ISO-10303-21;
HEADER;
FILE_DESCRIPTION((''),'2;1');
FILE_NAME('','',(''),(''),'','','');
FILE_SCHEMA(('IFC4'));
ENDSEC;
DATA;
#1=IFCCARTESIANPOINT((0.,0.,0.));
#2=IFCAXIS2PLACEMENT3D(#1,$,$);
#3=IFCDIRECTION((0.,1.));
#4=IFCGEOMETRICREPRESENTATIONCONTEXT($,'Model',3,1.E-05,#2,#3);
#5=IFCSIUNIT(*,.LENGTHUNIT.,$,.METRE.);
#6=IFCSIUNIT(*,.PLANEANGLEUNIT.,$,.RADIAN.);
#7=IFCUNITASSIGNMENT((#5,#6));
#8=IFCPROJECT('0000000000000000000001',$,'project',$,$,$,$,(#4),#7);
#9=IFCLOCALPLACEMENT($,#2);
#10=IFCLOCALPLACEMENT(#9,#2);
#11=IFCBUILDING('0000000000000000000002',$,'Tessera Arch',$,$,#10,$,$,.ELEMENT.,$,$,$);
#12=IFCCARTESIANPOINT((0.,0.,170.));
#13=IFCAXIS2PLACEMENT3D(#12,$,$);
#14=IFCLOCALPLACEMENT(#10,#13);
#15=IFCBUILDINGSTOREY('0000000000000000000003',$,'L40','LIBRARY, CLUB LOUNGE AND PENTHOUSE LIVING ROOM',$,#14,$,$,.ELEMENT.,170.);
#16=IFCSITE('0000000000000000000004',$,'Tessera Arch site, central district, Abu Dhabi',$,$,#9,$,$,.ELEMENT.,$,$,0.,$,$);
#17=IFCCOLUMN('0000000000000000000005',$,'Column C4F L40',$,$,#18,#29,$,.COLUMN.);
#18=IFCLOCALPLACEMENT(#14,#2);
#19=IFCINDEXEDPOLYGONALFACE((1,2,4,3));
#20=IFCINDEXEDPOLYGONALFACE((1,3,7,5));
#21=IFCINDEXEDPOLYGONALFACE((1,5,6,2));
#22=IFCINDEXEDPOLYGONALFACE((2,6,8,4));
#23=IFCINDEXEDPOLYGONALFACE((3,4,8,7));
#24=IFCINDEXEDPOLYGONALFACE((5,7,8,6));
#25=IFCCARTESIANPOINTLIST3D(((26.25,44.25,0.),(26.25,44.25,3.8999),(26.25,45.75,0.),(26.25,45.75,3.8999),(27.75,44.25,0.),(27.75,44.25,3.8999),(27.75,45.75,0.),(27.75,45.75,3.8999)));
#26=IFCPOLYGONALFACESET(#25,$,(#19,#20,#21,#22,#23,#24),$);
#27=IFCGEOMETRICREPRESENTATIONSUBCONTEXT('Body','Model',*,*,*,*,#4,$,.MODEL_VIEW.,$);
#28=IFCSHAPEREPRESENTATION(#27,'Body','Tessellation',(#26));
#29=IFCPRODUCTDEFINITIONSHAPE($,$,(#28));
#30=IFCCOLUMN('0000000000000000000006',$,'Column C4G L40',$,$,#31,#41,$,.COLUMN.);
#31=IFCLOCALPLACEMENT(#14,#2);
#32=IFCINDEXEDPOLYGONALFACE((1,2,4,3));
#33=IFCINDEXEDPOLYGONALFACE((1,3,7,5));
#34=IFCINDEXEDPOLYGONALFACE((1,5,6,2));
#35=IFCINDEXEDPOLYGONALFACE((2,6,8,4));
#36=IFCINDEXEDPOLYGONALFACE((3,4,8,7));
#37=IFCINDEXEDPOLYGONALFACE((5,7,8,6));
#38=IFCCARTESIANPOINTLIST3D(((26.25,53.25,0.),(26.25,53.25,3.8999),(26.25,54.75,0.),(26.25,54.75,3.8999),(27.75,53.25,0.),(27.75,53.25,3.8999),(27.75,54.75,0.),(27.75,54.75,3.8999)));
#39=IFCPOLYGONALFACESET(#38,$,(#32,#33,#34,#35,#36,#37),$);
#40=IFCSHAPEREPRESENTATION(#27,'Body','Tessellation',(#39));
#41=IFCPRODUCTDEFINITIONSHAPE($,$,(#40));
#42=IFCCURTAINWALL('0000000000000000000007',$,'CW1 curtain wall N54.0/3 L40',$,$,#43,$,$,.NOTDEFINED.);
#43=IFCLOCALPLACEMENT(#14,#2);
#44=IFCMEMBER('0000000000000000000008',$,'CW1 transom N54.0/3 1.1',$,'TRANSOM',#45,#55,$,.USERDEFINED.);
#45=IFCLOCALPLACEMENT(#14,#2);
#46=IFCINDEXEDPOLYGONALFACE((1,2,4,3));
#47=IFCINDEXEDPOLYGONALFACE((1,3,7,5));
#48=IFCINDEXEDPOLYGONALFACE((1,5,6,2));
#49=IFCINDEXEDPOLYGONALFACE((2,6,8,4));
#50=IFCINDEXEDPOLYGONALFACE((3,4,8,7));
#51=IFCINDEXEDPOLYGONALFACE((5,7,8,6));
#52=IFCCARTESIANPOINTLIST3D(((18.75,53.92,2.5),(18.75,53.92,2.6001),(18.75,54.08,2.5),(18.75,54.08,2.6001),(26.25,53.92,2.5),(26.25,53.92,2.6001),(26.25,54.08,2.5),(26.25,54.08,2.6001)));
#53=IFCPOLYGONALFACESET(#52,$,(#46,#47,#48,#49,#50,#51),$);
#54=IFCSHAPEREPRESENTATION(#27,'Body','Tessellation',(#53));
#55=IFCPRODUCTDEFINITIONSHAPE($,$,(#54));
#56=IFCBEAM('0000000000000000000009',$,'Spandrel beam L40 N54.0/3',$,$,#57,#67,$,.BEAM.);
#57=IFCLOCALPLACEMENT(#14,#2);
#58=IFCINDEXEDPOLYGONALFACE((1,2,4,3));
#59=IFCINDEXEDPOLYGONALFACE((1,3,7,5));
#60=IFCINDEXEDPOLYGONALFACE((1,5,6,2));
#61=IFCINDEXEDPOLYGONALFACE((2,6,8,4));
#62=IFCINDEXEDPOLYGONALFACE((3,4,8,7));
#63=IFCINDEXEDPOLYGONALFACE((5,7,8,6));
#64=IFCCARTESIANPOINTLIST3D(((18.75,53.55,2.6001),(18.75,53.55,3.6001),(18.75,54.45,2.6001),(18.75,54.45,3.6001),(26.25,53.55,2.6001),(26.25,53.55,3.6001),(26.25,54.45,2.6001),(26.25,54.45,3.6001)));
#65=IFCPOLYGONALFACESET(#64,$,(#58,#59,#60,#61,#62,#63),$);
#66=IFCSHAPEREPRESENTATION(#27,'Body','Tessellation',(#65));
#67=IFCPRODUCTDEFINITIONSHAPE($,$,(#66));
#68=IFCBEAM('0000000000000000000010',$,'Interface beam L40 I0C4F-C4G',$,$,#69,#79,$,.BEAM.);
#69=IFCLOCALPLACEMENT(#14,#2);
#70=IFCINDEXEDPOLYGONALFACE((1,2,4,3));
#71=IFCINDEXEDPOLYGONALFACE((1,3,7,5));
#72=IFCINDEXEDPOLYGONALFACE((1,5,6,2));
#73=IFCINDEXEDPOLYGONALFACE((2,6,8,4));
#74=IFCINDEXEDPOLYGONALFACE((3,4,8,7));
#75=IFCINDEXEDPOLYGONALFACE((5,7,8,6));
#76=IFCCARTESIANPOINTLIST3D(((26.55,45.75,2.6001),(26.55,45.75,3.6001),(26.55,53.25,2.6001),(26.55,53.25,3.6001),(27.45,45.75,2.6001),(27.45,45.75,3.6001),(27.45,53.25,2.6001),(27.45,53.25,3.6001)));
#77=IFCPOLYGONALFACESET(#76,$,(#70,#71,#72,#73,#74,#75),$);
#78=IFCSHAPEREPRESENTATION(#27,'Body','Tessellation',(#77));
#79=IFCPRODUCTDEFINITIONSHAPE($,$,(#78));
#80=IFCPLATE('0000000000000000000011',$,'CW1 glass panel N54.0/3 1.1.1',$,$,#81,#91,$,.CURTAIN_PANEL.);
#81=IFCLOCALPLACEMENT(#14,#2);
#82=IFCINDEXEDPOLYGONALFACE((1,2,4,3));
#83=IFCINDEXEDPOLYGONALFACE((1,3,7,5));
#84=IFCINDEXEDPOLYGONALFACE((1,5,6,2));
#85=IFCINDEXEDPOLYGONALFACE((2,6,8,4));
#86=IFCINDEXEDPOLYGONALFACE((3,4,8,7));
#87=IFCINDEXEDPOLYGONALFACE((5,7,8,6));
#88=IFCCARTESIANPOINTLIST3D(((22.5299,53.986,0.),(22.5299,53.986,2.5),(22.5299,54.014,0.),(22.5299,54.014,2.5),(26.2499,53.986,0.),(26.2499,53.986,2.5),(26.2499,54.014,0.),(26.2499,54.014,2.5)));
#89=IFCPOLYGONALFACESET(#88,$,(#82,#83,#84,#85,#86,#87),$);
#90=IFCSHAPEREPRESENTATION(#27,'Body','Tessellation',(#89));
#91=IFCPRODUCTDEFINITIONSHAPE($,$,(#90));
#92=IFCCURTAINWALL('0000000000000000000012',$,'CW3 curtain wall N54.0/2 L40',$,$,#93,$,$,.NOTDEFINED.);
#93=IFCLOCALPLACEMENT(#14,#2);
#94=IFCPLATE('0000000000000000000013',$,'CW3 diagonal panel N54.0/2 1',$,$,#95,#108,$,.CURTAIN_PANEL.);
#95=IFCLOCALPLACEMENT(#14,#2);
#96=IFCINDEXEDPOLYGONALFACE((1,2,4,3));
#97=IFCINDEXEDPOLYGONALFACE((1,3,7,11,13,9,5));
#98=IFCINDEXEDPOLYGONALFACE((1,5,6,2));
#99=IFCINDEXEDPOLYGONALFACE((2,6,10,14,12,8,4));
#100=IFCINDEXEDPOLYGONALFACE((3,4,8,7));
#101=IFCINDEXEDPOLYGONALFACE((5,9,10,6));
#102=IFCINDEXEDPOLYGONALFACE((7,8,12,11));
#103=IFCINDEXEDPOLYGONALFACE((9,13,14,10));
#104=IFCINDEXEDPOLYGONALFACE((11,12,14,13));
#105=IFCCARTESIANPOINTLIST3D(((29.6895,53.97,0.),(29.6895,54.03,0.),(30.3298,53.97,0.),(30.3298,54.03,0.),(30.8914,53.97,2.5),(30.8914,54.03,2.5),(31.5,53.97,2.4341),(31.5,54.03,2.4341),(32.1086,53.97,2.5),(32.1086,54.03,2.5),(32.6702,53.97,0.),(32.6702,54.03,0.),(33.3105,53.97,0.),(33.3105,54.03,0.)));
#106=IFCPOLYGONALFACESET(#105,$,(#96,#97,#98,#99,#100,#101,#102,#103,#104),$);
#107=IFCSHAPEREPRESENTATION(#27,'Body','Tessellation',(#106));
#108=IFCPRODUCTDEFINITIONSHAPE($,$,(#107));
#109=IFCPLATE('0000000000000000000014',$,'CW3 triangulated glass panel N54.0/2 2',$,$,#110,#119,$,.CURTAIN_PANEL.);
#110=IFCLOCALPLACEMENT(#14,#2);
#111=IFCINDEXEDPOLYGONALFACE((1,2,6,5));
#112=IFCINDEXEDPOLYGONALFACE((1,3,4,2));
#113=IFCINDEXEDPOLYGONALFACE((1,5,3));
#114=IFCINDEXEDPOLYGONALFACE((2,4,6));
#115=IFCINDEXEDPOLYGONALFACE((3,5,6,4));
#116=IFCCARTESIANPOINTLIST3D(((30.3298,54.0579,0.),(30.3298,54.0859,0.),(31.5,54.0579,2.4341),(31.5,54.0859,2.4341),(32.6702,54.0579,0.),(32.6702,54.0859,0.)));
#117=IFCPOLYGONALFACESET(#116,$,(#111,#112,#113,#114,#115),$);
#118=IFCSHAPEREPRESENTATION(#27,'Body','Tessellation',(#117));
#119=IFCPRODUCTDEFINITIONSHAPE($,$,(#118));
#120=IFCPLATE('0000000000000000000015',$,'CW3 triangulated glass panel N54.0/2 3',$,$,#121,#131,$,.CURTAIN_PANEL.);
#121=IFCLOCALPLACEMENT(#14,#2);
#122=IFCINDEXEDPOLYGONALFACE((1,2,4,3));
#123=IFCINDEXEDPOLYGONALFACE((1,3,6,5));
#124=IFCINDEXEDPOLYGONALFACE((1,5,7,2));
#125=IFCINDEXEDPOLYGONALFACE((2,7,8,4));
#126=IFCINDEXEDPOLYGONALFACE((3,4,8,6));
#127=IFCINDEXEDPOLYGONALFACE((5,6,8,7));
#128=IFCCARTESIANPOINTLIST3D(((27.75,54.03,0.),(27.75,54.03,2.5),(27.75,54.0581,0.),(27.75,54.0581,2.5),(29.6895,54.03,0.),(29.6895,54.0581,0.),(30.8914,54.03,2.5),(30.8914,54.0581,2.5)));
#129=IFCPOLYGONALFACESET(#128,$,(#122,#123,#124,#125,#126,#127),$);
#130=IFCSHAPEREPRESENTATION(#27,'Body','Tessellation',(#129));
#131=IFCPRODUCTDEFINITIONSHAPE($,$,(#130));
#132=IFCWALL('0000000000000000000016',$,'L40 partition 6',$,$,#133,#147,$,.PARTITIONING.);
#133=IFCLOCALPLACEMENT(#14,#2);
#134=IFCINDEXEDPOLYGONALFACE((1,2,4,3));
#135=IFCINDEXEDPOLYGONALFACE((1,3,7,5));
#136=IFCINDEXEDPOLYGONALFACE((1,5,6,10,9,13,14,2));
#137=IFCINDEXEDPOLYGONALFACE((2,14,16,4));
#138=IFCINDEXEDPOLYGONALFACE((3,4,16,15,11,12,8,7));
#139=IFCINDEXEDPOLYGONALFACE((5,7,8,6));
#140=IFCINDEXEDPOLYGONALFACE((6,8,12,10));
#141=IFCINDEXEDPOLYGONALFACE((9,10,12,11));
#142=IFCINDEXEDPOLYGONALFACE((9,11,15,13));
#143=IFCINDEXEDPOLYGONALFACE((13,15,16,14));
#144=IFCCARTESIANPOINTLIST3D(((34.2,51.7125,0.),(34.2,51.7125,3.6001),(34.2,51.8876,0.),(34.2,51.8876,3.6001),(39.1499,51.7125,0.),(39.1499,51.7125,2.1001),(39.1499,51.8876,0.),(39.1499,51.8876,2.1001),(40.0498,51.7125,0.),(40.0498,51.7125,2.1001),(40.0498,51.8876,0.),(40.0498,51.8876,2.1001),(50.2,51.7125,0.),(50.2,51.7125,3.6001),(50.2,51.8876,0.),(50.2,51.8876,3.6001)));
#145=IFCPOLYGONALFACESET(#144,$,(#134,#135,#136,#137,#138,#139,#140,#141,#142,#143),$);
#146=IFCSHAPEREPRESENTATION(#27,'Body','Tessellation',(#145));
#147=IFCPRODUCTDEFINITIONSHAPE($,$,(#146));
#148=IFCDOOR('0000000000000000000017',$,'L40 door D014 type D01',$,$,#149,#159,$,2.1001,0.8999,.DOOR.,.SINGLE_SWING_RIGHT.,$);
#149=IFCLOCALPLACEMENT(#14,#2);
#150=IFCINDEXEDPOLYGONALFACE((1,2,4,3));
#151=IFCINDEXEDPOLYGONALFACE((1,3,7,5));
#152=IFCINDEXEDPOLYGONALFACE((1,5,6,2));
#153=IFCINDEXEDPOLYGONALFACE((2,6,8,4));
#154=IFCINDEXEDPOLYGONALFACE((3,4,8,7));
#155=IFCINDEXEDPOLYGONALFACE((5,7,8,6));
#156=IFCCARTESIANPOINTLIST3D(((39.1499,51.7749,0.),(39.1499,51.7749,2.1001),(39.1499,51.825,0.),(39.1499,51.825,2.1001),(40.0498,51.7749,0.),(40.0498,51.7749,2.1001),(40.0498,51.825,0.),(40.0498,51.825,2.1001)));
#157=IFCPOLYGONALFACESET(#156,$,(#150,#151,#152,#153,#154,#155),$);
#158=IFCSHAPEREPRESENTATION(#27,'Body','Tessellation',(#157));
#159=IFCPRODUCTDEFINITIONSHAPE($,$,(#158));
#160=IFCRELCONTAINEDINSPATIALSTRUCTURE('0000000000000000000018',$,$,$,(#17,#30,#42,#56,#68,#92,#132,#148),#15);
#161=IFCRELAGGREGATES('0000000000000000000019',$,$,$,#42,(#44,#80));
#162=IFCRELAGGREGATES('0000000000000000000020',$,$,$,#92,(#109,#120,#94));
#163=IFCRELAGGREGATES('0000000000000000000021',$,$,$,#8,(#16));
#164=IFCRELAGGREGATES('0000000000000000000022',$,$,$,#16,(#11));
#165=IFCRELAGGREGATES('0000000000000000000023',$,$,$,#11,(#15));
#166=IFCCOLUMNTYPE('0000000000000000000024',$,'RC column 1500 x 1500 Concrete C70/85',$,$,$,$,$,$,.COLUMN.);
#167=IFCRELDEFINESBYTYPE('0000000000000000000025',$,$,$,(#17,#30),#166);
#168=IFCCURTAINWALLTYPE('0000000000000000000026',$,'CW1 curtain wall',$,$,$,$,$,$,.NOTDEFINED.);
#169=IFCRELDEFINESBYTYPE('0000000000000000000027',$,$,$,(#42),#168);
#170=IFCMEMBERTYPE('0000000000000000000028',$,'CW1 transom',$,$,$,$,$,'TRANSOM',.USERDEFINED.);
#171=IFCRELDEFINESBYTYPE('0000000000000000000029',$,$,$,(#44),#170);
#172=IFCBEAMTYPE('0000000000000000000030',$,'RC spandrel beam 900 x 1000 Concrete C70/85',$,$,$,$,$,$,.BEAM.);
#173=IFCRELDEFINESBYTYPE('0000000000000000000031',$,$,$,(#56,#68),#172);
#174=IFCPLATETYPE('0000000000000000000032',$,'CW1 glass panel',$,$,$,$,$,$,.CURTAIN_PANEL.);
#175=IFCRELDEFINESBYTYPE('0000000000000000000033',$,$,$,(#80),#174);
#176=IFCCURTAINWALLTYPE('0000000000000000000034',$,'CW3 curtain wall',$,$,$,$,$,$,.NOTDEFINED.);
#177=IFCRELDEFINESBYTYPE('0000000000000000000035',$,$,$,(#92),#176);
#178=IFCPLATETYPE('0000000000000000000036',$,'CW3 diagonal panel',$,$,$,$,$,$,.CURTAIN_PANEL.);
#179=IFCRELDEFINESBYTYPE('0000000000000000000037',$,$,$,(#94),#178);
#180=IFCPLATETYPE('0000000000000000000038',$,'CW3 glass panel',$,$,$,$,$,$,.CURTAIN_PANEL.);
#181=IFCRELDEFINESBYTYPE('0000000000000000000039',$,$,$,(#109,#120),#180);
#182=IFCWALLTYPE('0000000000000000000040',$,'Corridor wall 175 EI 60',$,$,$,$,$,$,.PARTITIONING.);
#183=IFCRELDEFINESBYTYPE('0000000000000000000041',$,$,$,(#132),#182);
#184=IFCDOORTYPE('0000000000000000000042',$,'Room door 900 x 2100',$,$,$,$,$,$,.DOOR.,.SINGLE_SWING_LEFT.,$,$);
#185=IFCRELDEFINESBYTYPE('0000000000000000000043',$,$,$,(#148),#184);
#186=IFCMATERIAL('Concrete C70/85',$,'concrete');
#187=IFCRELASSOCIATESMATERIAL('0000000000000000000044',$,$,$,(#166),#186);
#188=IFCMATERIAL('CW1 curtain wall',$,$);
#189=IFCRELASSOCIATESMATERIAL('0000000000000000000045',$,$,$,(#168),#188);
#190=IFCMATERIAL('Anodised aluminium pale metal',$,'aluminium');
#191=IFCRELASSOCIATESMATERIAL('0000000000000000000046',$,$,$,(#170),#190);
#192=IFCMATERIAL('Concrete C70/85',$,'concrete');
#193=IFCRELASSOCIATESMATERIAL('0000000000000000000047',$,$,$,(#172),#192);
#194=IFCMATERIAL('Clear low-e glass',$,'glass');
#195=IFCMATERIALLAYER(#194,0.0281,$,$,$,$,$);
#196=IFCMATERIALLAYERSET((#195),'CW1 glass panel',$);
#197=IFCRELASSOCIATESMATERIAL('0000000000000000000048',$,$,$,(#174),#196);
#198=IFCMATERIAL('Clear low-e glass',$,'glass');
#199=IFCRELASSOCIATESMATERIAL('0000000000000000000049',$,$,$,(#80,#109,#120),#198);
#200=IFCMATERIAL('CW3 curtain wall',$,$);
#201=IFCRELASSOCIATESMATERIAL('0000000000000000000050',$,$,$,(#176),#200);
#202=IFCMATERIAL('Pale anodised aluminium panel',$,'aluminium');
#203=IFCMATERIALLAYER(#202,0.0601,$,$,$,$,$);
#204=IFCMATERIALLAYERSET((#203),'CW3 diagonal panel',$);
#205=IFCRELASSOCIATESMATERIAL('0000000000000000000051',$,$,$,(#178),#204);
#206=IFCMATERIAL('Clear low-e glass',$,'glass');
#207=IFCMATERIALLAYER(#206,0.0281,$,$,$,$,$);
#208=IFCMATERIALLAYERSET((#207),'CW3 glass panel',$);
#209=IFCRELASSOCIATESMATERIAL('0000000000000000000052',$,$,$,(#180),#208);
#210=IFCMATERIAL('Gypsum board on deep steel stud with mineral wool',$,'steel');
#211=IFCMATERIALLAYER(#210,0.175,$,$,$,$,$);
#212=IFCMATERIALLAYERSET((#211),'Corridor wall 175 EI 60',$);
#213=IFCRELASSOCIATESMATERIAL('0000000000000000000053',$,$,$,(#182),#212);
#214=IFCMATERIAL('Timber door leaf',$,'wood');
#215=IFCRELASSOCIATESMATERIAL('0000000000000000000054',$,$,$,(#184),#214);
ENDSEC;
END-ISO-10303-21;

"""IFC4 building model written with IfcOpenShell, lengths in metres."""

from ifc_helpers import new_model, si_unit, direction, frame, frame_2d, origin, origin_2d, place, context, subcontext, project, spatial, polyline, rectangle, outline, extrude, material, layer, layer_set, material_profile, profile_set, type_object, element, fill, aggregate, save


model = new_model("IFC4")

# Units and contexts
model_context = context("Model", 3, precision=1e-05, world=origin(), true_north=direction((0.0, 1.0)))
body_context = subcontext(model_context, "Body", "Model", "MODEL_VIEW")
ifc_project = project(units=[si_unit("LENGTHUNIT", "METRE"), si_unit("PLANEANGLEUNIT", "RADIAN")], contexts=[model_context])

# Site, building, storey
site_placement = place(None, origin())
site = spatial("IfcSite", under=ifc_project, at=site_placement, Name="Tessera Arch site, central district, Abu Dhabi", CompositionType="ELEMENT", RefElevation=0.0)
building_placement = place(site_placement, origin())
building = spatial("IfcBuilding", under=site, at=building_placement, Name="Tessera Arch", CompositionType="ELEMENT")
storey_placement = place(building_placement, frame((0.0, 0.0, 170.0)))
storey = spatial("IfcBuildingStorey", under=building, at=storey_placement, Name="L40", Description="LIBRARY, CLUB LOUNGE AND PENTHOUSE LIVING ROOM", CompositionType="ELEMENT", Elevation=170.0)

# Columns
ifc_material_1 = material(Name="Concrete C70/85", Category="concrete")
ifc_material_profile_1 = material_profile(ifc_material_1, rectangle(XDim=1.5, YDim=1.5, at=origin_2d()), Name="RC column 1500 x 1500 Concrete C70/85")
ifc_profile_set_1 = profile_set([ifc_material_profile_1], Name="Concrete C70/85")
column_type = type_object("IfcColumnType", Name="RC column 1500 x 1500 Concrete C70/85", PredefinedType="COLUMN", material=ifc_profile_set_1)
for number, where, z_axis, x_axis, name in (
    (1, (27.0, 45.0, 0.0), (0.0, 0.0, 1.0), (1.0, 0.0, 0.0), "Column C4F L40"),
    (2, (27.0, 54.0, 0.0), (0.0, 0.0, 1.0), (1.0, 0.0, 0.0), "Column C4G L40"),
):
    element("IfcColumn", number, at=place(storey_placement, frame(where, z_axis=z_axis, x_axis=x_axis)), inside=storey, type_object=column_type, Name=name, PredefinedType="COLUMN", context=body_context, shape_type="SweptSolid", body=[
        extrude(rectangle(XDim=1.5, YDim=1.5, at=origin_2d()), origin(), (0.0, 0.0, 1.0), 3.8999),
    ])

# Curtain wall, member
ifc_material_2 = material(Name="CW1 curtain wall")
curtain_wall_type_1 = type_object("IfcCurtainWallType", Name="CW1 curtain wall", PredefinedType="NOTDEFINED", material=ifc_material_2)
curtain_wall_1_placement = place(storey_placement, origin())
curtain_wall_1 = element("IfcCurtainWall", 3, at=curtain_wall_1_placement, inside=storey, type_object=curtain_wall_type_1, Name="CW1 curtain wall N54.0/3 L40", PredefinedType="NOTDEFINED")
ifc_material_3 = material(Name="Anodised aluminium pale metal", Category="aluminium")
ifc_material_profile_2 = material_profile(ifc_material_3, rectangle(XDim=0.1599, YDim=0.1001, at=origin_2d()), Name="AL 160x100")
ifc_profile_set_2 = profile_set([ifc_material_profile_2], Name="Anodised aluminium pale metal")
member_type = type_object("IfcMemberType", Name="CW1 transom", ElementType="TRANSOM", PredefinedType="USERDEFINED", material=ifc_profile_set_2)
member_placement = place(storey_placement, frame((26.25, 54.0, 2.55), z_axis=(-1.0, 0.0, 0.0), x_axis=(0.0, -1.0, 0.0)))
member = element("IfcMember", 4, at=member_placement, type_object=member_type, Name="CW1 transom N54.0/3 1.1", ObjectType="TRANSOM", PredefinedType="USERDEFINED", context=body_context, shape_type="SweptSolid", body=[
    extrude(rectangle(XDim=0.1599, YDim=0.1001, at=origin_2d()), origin(), (0.0, 0.0, 1.0), 7.5),
])

# Beams
ifc_material_4 = material(Name="Concrete C70/85", Category="concrete")
ifc_material_profile_3 = material_profile(ifc_material_4, rectangle(XDim=0.8999, YDim=1.0, at=origin_2d()), Name="RC spandrel beam 900 x 1000 Concrete C70/85")
ifc_profile_set_3 = profile_set([ifc_material_profile_3], Name="Concrete C70/85")
beam_type = type_object("IfcBeamType", Name="RC spandrel beam 900 x 1000 Concrete C70/85", PredefinedType="BEAM", material=ifc_profile_set_3)
for number, where, z_axis, x_axis, name in (
    (5, (26.25, 54.0, 3.1001), (-1.0, 0.0, 0.0), (0.0, -1.0, 0.0), "Spandrel beam L40 N54.0/3"),
    (6, (27.0, 45.75, 3.1001), (0.0, 1.0, 0.0), (-1.0, 0.0, 0.0), "Interface beam L40 I0C4F-C4G"),
):
    element("IfcBeam", number, at=place(storey_placement, frame(where, z_axis=z_axis, x_axis=x_axis)), inside=storey, type_object=beam_type, Name=name, PredefinedType="BEAM", context=body_context, shape_type="SweptSolid", body=[
        extrude(rectangle(XDim=0.8999, YDim=1.0, at=origin_2d()), origin(), (0.0, 0.0, 1.0), 7.5),
    ])

# Plate
ifc_material_5 = material(Name="Clear low-e glass", Category="glass")
ifc_material_6 = material(Name="Clear low-e glass", Category="glass")
ifc_layer_1 = layer(ifc_material_6, 0.0281)
ifc_layer_set_1 = layer_set([ifc_layer_1], Name="CW1 glass panel")
plate_type_1 = type_object("IfcPlateType", Name="CW1 glass panel", PredefinedType="CURTAIN_PANEL", material=ifc_layer_set_1)
plate_1_placement = place(storey_placement, frame((24.3899, 54.0, 0.0), z_axis=(0.0, 0.0, 1.0), x_axis=(-1.0, 0.0, 0.0)))
plate_1 = element("IfcPlate", 7, at=plate_1_placement, type_object=plate_type_1, material=ifc_material_5, Name="CW1 glass panel N54.0/3 1.1.1", PredefinedType="CURTAIN_PANEL", context=body_context, shape_type="SweptSolid", body=[
    extrude(rectangle(XDim=3.72, YDim=0.0281, at=origin_2d()), origin(), (0.0, 0.0, 1.0), 2.5),
])
aggregate(curtain_wall_1, [member, plate_1])

# Curtain wall, plates
ifc_material_7 = material(Name="CW3 curtain wall")
curtain_wall_type_2 = type_object("IfcCurtainWallType", Name="CW3 curtain wall", PredefinedType="NOTDEFINED", material=ifc_material_7)
curtain_wall_2_placement = place(storey_placement, origin())
curtain_wall_2 = element("IfcCurtainWall", 8, at=curtain_wall_2_placement, inside=storey, type_object=curtain_wall_type_2, Name="CW3 curtain wall N54.0/2 L40", PredefinedType="NOTDEFINED")
ifc_material_8 = material(Name="Pale anodised aluminium panel", Category="aluminium")
ifc_layer_2 = layer(ifc_material_8, 0.0601)
ifc_layer_set_2 = layer_set([ifc_layer_2], Name="CW3 diagonal panel")
plate_type_2 = type_object("IfcPlateType", Name="CW3 diagonal panel", PredefinedType="CURTAIN_PANEL", material=ifc_layer_set_2)
plate_2_placement = place(storey_placement, frame((30.8914, 54.03, 2.5), z_axis=(0.0, 1.0, 0.0), x_axis=(1.0, 0.0, 0.0)))
plate_2 = element("IfcPlate", 9, at=plate_2_placement, type_object=plate_type_2, Name="CW3 diagonal panel N54.0/2 1", PredefinedType="CURTAIN_PANEL", context=body_context, shape_type="SweptSolid", body=[
    extrude(outline(polyline([(0.0, 0.0), (1.2173, 0.0), (2.4192, 2.5), (1.7788, 2.5), (0.6086, 0.0659), (-0.5615, 2.5), (-1.2019, 2.5), (0.0, 0.0)])), origin(), (0.0, 0.0, -1.0), 0.0601),
])
ifc_material_9 = material(Name="Clear low-e glass", Category="glass")
ifc_layer_3 = layer(ifc_material_9, 0.0281)
ifc_layer_set_3 = layer_set([ifc_layer_3], Name="CW3 glass panel")
plate_type_3 = type_object("IfcPlateType", Name="CW3 glass panel", PredefinedType="CURTAIN_PANEL", material=ifc_layer_set_3)
plate_3_placement = place(storey_placement, frame((32.6702, 54.0859, 0.0), z_axis=(0.0, 1.0, 0.0), x_axis=(-1.0, 0.0, 0.0)))
plate_3 = element("IfcPlate", 10, at=plate_3_placement, type_object=plate_type_3, material=ifc_material_5, Name="CW3 triangulated glass panel N54.0/2 2", PredefinedType="CURTAIN_PANEL", context=body_context, shape_type="SweptSolid", body=[
    extrude(outline(polyline([(0.0, 0.0), (2.3403, 0.0), (1.1702, 2.4341), (0.0, 0.0)])), origin(), (0.0, 0.0, -1.0), 0.0281),
])
plate_4_placement = place(storey_placement, frame((27.75, 54.0581, 2.5), z_axis=(0.0, 1.0, 0.0), x_axis=(1.0, 0.0, 0.0)))
plate_4 = element("IfcPlate", 11, at=plate_4_placement, type_object=plate_type_3, material=ifc_material_5, Name="CW3 triangulated glass panel N54.0/2 3", PredefinedType="CURTAIN_PANEL", context=body_context, shape_type="SweptSolid", body=[
    extrude(outline(polyline([(0.0, 0.0), (3.1414, 0.0), (1.9395, 2.5), (0.0, 2.5), (0.0, 0.0)])), origin(), (0.0, 0.0, -1.0), 0.0281),
])

# Wall, opening, door
ifc_material_10 = material(Name="Gypsum board on deep steel stud with mineral wool", Category="steel")
ifc_layer_4 = layer(ifc_material_10, 0.175)
ifc_layer_set_4 = layer_set([ifc_layer_4], Name="Corridor wall 175 EI 60")
wall_type_1 = type_object("IfcWallType", Name="Corridor wall 175 EI 60", PredefinedType="PARTITIONING", material=ifc_layer_set_4)
wall_1_placement = place(storey_placement, frame((34.2, 51.8, 0.0), z_axis=(0.0, 0.0, 1.0), x_axis=(1.0, 0.0, 0.0)))
wall_1 = element("IfcWall", 12, at=wall_1_placement, inside=storey, type_object=wall_type_1, Name="L40 partition 6", PredefinedType="PARTITIONING", context=body_context, shape_type="SweptSolid", body=[
    extrude(rectangle(XDim=16.0, YDim=0.175, at=frame_2d((8.0, 0.0))), origin(), (0.0, 0.0, 1.0), 3.6001),
])
opening_1_placement = place(wall_1_placement, frame((4.95, 0.0, 0.0)))
opening_1 = element("IfcOpeningElement", 13, at=opening_1_placement, cuts=wall_1, PredefinedType="OPENING", context=body_context, shape_type="SweptSolid", body=[
    extrude(rectangle(XDim=0.8999, YDim=2.1001, at=frame_2d((0.45, 1.05))), frame((0.0, 0.0974, 0.0), z_axis=(0.0, -1.0, 0.0), x_axis=(1.0, 0.0, 0.0)), (0.0, 0.0, 1.0), 0.1951),
])
ifc_material_11 = material(Name="Timber door leaf", Category="wood")
door_type_1 = type_object("IfcDoorType", Name="Room door 900 x 2100", OperationType="SINGLE_SWING_LEFT", PredefinedType="DOOR", material=ifc_material_11)
door_1_placement = place(opening_1_placement, origin())
door_1 = element("IfcDoor", 14, at=door_1_placement, inside=storey, type_object=door_type_1, Name="L40 door D014 type D01", OperationType="SINGLE_SWING_RIGHT", OverallHeight=2.1001, OverallWidth=0.8999, PredefinedType="DOOR", context=body_context, shape_type="SweptSolid", body=[
    extrude(rectangle(XDim=0.8999, YDim=2.1001, at=frame_2d((0.45, 1.05))), frame((0.0, 0.0249, 0.0), z_axis=(0.0, -1.0, 0.0), x_axis=(1.0, 0.0, 0.0)), (0.0, 0.0, 1.0), 0.05),
])
fill(opening_1, door_1)

aggregate(curtain_wall_2, [plate_3, plate_4, plate_2])

save(model, "model.ifc")
